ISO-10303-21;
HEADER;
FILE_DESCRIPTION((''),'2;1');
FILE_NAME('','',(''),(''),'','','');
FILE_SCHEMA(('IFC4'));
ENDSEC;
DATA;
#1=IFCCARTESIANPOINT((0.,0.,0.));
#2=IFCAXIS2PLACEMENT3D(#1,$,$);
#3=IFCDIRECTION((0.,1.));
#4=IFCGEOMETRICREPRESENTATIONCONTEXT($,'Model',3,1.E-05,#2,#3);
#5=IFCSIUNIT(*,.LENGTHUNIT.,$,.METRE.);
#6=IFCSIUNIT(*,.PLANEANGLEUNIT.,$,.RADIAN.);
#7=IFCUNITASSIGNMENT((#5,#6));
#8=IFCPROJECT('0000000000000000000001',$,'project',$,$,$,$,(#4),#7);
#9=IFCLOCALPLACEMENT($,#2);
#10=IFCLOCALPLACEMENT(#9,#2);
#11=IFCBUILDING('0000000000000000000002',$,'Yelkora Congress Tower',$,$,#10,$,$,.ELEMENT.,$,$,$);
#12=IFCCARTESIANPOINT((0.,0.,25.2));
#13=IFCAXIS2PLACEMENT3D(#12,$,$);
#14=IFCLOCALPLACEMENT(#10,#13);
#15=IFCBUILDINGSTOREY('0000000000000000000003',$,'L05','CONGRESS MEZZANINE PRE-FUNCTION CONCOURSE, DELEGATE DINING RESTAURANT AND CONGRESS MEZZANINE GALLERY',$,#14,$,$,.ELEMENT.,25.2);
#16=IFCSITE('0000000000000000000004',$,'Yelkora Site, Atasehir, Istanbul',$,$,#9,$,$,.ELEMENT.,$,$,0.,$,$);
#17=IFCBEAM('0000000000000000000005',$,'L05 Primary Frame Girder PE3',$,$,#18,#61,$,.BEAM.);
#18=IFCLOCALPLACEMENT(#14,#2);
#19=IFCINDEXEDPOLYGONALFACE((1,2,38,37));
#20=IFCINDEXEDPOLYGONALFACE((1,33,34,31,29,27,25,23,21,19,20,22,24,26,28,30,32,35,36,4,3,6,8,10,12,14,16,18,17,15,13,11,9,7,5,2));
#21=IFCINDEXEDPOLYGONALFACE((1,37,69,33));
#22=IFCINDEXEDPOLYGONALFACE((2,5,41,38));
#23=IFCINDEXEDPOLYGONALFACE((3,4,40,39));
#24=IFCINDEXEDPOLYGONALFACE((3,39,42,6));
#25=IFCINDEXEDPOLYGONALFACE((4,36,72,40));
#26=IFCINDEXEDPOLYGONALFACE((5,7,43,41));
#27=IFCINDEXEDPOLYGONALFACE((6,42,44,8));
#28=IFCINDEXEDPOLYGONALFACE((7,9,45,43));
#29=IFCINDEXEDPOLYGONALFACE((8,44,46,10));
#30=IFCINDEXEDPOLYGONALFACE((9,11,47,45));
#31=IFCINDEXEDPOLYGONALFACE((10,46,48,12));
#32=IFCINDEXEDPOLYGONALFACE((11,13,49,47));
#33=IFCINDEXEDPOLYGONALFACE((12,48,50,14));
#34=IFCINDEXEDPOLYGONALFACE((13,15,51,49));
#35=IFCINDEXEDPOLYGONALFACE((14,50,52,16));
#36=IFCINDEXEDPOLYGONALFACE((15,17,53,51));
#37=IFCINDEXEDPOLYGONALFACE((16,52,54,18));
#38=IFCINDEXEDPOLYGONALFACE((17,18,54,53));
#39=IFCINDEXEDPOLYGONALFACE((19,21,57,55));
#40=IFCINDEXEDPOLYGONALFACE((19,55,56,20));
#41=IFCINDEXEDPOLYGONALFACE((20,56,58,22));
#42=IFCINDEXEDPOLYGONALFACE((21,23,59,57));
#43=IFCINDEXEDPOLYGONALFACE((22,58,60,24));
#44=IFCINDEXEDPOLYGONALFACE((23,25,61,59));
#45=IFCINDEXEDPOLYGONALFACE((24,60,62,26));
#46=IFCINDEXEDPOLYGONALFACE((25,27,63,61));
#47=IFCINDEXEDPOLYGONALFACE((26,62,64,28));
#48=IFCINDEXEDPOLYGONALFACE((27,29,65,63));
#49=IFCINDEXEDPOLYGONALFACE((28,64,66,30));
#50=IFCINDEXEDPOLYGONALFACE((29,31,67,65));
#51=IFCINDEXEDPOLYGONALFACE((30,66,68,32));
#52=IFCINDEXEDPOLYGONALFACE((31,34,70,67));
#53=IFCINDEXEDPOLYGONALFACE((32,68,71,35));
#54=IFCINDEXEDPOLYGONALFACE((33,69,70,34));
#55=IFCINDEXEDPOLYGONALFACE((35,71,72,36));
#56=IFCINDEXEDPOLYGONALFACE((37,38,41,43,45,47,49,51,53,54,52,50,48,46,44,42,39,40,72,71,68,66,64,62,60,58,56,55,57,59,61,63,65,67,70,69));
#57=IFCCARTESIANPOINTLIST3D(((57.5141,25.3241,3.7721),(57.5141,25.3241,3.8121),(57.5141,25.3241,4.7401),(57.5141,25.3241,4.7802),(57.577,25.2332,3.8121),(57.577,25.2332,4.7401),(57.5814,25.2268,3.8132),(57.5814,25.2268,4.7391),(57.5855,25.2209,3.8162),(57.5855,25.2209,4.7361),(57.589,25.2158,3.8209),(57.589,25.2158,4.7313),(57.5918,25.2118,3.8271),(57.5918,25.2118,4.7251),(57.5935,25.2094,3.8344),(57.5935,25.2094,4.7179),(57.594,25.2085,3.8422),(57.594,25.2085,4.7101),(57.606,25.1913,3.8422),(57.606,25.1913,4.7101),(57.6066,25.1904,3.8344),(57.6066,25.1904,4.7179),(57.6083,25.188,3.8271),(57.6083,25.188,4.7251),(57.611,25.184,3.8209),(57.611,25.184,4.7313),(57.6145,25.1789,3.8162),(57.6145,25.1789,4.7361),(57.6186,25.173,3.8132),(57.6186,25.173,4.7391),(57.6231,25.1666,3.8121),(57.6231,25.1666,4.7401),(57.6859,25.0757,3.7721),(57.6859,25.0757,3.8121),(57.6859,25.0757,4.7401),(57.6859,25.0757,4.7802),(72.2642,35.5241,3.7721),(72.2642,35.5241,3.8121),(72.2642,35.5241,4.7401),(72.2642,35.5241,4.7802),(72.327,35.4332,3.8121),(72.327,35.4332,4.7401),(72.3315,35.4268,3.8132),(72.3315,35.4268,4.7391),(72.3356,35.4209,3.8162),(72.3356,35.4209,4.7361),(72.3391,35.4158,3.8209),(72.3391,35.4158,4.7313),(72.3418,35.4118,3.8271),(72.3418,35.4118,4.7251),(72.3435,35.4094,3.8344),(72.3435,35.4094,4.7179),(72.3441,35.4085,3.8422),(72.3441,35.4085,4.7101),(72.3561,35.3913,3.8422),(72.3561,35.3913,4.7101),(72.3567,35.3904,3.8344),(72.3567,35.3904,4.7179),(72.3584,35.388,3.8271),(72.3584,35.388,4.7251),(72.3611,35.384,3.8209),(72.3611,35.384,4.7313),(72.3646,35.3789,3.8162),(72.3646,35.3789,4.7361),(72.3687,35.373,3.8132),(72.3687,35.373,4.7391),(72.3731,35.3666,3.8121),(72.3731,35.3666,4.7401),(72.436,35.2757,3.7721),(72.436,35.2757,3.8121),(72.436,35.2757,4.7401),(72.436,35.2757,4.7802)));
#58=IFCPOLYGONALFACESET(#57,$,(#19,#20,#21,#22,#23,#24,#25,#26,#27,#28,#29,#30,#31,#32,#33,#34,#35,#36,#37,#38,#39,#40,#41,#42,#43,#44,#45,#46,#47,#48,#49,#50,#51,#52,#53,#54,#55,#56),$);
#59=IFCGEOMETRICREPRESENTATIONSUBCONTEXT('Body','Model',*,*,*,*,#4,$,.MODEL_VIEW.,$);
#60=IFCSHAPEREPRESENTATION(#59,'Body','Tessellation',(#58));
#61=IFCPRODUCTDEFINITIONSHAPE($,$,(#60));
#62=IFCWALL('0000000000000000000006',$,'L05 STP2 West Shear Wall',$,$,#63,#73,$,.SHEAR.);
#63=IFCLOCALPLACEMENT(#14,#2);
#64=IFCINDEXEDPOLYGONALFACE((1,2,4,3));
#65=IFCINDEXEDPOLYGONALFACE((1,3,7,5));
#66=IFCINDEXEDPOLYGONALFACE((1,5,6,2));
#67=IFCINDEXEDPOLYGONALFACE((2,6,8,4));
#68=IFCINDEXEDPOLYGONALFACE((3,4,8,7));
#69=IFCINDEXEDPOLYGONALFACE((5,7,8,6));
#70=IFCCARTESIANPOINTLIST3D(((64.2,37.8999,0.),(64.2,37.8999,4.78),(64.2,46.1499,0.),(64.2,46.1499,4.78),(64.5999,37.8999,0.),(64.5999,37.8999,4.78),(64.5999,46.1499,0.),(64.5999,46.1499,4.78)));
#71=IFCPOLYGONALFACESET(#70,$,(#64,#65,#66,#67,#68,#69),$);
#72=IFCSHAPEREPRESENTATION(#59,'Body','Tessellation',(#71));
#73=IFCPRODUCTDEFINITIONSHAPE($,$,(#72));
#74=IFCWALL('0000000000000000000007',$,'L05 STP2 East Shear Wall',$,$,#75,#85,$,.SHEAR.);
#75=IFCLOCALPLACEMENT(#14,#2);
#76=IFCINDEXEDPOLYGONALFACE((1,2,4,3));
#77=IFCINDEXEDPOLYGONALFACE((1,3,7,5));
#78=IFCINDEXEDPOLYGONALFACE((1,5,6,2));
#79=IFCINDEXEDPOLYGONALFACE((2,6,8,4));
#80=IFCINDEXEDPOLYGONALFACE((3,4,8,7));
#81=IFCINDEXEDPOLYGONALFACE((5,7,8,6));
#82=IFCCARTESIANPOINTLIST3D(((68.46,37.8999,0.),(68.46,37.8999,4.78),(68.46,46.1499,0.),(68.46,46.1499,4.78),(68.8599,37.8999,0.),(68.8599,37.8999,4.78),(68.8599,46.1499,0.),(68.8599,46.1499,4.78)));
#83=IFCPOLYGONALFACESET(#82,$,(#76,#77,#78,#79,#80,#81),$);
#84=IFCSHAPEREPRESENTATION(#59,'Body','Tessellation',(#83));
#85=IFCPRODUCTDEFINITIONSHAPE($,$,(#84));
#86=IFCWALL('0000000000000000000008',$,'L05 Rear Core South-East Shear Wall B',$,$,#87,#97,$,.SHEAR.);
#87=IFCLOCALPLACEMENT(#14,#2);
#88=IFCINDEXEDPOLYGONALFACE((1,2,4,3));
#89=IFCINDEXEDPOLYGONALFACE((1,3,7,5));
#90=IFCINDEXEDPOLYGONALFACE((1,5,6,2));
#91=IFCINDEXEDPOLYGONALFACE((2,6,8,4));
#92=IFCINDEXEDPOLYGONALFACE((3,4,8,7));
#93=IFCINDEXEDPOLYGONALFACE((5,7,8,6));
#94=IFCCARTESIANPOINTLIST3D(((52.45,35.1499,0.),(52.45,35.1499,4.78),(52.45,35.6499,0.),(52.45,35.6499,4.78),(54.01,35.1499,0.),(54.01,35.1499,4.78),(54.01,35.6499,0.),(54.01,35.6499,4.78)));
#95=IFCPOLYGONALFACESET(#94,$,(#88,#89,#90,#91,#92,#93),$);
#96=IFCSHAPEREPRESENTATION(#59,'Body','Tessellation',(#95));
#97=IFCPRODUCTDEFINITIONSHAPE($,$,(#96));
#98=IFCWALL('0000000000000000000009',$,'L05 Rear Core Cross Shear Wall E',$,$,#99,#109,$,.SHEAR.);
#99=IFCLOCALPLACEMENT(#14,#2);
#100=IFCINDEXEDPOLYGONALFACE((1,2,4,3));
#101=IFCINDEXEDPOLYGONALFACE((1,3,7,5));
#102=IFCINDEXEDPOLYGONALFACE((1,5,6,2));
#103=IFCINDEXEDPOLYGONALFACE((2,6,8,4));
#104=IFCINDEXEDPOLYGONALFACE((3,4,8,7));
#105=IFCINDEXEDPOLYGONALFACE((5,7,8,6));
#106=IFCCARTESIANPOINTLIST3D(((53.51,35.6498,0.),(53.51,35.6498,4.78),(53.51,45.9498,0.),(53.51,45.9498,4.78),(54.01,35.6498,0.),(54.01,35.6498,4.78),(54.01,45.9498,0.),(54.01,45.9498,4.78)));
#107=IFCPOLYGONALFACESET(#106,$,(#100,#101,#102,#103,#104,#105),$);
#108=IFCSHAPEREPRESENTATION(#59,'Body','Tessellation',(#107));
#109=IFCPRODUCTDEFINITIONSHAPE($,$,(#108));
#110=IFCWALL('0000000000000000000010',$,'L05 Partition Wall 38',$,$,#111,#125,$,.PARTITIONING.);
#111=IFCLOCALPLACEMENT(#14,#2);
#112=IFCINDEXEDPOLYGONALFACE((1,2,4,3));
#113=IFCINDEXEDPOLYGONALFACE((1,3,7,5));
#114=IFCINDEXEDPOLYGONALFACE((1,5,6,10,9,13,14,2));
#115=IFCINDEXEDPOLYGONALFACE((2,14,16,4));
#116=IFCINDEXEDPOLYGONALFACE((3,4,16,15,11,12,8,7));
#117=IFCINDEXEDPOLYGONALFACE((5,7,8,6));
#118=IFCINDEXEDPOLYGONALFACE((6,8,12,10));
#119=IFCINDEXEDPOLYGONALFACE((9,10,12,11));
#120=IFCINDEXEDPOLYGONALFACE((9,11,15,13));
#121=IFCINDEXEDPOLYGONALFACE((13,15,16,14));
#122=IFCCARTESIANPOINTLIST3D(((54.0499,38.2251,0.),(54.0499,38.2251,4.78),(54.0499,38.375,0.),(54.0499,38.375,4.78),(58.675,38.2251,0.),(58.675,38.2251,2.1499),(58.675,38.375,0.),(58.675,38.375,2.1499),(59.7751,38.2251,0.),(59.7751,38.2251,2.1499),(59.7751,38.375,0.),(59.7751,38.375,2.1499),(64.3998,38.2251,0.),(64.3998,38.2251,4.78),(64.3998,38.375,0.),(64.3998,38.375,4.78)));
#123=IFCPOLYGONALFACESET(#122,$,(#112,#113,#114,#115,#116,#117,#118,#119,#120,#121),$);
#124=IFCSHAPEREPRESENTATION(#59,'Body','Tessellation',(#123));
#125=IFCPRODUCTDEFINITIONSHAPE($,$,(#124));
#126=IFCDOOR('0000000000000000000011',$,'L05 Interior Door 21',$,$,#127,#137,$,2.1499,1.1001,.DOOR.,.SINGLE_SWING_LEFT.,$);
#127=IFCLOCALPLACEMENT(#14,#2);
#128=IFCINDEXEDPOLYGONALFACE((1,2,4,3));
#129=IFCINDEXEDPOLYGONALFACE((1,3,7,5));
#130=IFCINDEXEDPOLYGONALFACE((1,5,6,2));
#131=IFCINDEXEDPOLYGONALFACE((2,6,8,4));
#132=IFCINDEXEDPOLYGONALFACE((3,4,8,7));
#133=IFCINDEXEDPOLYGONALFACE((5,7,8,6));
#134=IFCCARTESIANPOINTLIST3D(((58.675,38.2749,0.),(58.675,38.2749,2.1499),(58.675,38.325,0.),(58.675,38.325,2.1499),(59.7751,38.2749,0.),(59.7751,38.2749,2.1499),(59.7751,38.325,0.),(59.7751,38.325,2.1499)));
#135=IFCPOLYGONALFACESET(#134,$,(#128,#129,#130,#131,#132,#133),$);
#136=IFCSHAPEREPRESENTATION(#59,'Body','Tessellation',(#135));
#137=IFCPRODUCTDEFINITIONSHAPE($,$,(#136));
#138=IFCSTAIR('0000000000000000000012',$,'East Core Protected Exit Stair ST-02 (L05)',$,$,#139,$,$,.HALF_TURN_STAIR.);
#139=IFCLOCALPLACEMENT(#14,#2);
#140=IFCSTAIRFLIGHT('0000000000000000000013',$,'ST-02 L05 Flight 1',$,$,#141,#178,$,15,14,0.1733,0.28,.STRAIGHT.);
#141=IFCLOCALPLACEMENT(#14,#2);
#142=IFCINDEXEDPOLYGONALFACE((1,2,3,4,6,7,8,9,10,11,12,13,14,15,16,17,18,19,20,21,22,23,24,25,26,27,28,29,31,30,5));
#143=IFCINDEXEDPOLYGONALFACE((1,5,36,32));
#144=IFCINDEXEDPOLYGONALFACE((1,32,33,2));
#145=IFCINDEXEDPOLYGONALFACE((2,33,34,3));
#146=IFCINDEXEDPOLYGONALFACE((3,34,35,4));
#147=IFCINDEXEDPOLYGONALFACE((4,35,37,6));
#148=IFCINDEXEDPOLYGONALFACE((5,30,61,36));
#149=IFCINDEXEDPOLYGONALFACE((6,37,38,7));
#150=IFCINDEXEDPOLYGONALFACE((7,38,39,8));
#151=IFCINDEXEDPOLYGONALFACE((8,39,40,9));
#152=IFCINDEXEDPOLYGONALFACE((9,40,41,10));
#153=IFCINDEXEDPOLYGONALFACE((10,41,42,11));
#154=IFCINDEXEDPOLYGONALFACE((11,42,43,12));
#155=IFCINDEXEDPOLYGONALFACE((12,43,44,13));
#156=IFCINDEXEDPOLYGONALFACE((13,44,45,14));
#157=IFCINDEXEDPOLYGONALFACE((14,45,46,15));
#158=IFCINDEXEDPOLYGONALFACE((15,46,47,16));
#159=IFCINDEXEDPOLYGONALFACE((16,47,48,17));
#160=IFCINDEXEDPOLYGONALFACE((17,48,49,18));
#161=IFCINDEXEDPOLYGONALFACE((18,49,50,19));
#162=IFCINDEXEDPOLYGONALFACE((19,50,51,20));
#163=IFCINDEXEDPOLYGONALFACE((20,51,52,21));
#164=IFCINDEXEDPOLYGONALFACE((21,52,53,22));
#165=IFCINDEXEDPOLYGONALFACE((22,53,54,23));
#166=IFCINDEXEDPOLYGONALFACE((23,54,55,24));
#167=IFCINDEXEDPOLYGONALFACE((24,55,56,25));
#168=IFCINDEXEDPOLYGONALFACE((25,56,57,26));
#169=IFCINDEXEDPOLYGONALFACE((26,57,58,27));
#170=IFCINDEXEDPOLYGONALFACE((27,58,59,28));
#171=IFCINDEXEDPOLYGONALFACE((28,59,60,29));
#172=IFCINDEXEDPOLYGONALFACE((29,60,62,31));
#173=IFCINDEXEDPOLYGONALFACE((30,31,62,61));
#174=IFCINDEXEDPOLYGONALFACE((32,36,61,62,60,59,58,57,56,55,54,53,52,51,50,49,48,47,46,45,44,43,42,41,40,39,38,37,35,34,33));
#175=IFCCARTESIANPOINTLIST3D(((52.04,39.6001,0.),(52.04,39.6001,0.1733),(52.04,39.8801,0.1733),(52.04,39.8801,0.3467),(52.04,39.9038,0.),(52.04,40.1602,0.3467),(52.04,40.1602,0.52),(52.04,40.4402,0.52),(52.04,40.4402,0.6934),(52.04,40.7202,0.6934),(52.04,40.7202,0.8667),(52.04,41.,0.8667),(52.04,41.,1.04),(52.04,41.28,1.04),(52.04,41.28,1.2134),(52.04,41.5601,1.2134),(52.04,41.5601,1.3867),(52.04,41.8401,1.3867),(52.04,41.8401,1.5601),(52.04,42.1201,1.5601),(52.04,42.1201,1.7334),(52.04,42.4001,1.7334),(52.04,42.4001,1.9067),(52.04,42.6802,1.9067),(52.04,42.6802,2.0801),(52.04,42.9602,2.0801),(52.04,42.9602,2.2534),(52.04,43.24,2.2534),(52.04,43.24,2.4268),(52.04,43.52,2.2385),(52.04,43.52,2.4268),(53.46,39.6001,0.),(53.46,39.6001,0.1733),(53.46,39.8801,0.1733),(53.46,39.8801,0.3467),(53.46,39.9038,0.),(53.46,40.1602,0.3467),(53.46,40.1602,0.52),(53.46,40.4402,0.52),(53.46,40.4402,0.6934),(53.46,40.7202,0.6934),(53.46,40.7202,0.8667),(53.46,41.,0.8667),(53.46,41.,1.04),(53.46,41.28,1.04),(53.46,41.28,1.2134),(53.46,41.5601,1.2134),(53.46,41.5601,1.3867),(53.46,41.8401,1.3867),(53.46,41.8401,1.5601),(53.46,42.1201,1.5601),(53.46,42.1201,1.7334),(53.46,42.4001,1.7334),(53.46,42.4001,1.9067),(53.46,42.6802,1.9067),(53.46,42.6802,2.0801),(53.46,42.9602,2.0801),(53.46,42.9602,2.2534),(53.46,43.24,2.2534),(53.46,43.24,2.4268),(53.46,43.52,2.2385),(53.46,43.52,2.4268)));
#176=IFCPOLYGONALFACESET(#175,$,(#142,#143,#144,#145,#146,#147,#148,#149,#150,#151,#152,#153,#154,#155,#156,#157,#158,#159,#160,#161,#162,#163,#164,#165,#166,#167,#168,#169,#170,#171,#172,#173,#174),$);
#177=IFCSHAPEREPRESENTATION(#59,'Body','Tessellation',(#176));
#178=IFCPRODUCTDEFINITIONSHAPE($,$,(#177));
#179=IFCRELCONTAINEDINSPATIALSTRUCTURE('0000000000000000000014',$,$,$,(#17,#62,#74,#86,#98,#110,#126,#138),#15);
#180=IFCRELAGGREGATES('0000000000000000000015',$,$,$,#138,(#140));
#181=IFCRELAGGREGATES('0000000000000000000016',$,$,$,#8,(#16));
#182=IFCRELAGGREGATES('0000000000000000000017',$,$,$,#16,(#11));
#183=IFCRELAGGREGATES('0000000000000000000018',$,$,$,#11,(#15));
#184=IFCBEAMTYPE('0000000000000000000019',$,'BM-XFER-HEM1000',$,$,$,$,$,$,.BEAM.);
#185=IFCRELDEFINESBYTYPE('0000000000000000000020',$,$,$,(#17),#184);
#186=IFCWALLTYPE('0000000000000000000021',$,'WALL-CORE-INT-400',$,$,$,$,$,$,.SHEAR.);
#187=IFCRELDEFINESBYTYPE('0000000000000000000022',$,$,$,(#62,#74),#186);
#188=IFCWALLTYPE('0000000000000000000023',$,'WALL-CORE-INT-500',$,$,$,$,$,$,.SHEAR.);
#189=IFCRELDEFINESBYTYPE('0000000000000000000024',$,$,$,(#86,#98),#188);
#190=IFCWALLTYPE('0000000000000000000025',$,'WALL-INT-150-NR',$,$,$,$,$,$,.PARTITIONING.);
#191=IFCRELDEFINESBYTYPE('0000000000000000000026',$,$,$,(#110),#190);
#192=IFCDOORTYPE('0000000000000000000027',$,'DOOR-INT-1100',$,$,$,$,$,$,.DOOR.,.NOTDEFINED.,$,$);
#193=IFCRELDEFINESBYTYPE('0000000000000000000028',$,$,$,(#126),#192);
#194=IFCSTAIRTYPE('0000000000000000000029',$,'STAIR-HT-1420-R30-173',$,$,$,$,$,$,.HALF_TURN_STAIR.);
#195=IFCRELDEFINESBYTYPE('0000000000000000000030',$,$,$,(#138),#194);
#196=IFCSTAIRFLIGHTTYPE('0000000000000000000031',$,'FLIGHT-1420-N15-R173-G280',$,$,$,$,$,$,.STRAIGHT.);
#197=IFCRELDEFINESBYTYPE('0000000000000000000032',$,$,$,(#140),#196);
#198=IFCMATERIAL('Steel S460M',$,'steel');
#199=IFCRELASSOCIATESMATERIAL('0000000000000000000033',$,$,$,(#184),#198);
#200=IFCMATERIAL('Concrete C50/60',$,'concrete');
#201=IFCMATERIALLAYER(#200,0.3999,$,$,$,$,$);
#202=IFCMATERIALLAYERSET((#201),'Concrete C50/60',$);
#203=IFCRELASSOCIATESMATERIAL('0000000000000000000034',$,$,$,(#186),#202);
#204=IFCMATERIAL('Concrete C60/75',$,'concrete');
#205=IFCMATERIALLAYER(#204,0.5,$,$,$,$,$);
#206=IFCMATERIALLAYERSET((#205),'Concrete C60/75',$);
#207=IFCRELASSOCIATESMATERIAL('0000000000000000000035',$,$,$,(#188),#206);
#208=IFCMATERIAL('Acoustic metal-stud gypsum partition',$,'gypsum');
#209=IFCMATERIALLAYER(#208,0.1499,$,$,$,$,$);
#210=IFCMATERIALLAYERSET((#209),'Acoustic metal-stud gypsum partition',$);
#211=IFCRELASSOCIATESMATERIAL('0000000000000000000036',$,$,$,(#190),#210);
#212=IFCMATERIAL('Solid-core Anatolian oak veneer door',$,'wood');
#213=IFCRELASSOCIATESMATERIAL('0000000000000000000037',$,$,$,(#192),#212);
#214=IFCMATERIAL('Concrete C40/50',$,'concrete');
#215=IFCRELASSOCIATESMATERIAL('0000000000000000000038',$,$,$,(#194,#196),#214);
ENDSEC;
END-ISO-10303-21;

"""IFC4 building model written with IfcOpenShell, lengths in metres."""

from ifc_helpers import new_model, si_unit, direction, frame, frame_2d, origin, origin_2d, place, context, subcontext, project, spatial, polyline, rectangle, i_section, outline, extrude, material, layer, layer_set, material_profile, profile_set, type_object, element, fill, aggregate, save


model = new_model("IFC4")

# Units and contexts
model_context = context("Model", 3, precision=1e-05, world=origin(), true_north=direction((0.0, 1.0)))
body_context = subcontext(model_context, "Body", "Model", "MODEL_VIEW")
ifc_project = project(units=[si_unit("LENGTHUNIT", "METRE"), si_unit("PLANEANGLEUNIT", "RADIAN")], contexts=[model_context])

# Site, building, storey
site_placement = place(None, origin())
site = spatial("IfcSite", under=ifc_project, at=site_placement, Name="Yelkora Site, Atasehir, Istanbul", CompositionType="ELEMENT", RefElevation=0.0)
building_placement = place(site_placement, origin())
building = spatial("IfcBuilding", under=site, at=building_placement, Name="Yelkora Congress Tower", CompositionType="ELEMENT")
storey_placement = place(building_placement, frame((0.0, 0.0, 25.2)))
storey = spatial("IfcBuildingStorey", under=building, at=storey_placement, Name="L05", Description="CONGRESS MEZZANINE PRE-FUNCTION CONCOURSE, DELEGATE DINING RESTAURANT AND CONGRESS MEZZANINE GALLERY", CompositionType="ELEMENT", Elevation=25.2)

# Shared definitions
ifc_material_1 = material(Name="Concrete C60/75", Category="concrete")
ifc_material_2 = material(Name="Concrete C50/60", Category="concrete")

# Beam
ifc_material_3 = material(Name="Steel S460M", Category="steel")
ifc_material_profile_1 = material_profile(ifc_material_3, i_section(OverallWidth=0.302, OverallDepth=1.0081, WebThickness=0.021, FlangeThickness=0.04, FilletRadius=0.03, at=origin_2d()), Name="HEM 1000")
ifc_profile_set_1 = profile_set([ifc_material_profile_1], Name="Steel S460M")
beam_type_1 = type_object("IfcBeamType", Name="BM-XFER-HEM1000", PredefinedType="BEAM", material=ifc_profile_set_1)
beam_1_placement = place(storey_placement, frame((72.3501, 35.3999, 4.2761), z_axis=(-0.822494, -0.568773, 0.0), x_axis=(0.568773, -0.822494, 0.0)))
element("IfcBeam", 1, at=beam_1_placement, inside=storey, type_object=beam_type_1, Name="L05 Primary Frame Girder PE3", PredefinedType="BEAM", context=body_context, shape_type="SweptSolid", body=[
    extrude(i_section(OverallWidth=0.302, OverallDepth=1.0081, WebThickness=0.021, FlangeThickness=0.04, FilletRadius=0.03, at=origin_2d()), origin(), (0.0, 0.0, 1.0), 17.9333),
])

# Walls
ifc_layer_1 = layer(ifc_material_2, 0.3999)
ifc_layer_set_1 = layer_set([ifc_layer_1], Name="Concrete C50/60")
wall_type_1 = type_object("IfcWallType", Name="WALL-CORE-INT-400", PredefinedType="SHEAR", material=ifc_layer_set_1)
for number, where, z_axis, x_axis, name in (
    (2, (64.3999, 37.8999, 0.0), (0.0, 0.0, 1.0), (0.0, 1.0, 0.0), "L05 STP2 West Shear Wall"),
    (3, (68.6599, 37.8999, 0.0), (0.0, 0.0, 1.0), (0.0, 1.0, 0.0), "L05 STP2 East Shear Wall"),
):
    element("IfcWall", number, at=place(storey_placement, frame(where, z_axis=z_axis, x_axis=x_axis)), inside=storey, type_object=wall_type_1, Name=name, PredefinedType="SHEAR", context=body_context, shape_type="SweptSolid", body=[
        extrude(rectangle(XDim=8.25, YDim=0.3999, at=frame_2d((4.125, 0.0))), origin(), (0.0, 0.0, 1.0), 4.78),
    ])
ifc_layer_2 = layer(ifc_material_1, 0.5)
ifc_layer_set_2 = layer_set([ifc_layer_2], Name="Concrete C60/75")
wall_type_2 = type_object("IfcWallType", Name="WALL-CORE-INT-500", PredefinedType="SHEAR", material=ifc_layer_set_2)
wall_1_placement = place(storey_placement, frame((52.45, 35.3999, 0.0), z_axis=(0.0, 0.0, 1.0), x_axis=(1.0, 0.0, 0.0)))
element("IfcWall", 4, at=wall_1_placement, inside=storey, type_object=wall_type_2, Name="L05 Rear Core South-East Shear Wall B", PredefinedType="SHEAR", context=body_context, shape_type="SweptSolid", body=[
    extrude(rectangle(XDim=1.5601, YDim=0.5, at=frame_2d((0.78, 0.0))), origin(), (0.0, 0.0, 1.0), 4.78),
])
wall_2_placement = place(storey_placement, frame((53.76, 35.6499, 0.0), z_axis=(0.0, 0.0, 1.0), x_axis=(0.0, 1.0, 0.0)))
element("IfcWall", 5, at=wall_2_placement, inside=storey, type_object=wall_type_2, Name="L05 Rear Core Cross Shear Wall E", PredefinedType="SHEAR", context=body_context, shape_type="SweptSolid", body=[
    extrude(rectangle(XDim=10.3, YDim=0.5, at=frame_2d((5.1499, 0.0))), origin(), (0.0, 0.0, 1.0), 4.78),
])

# Wall, opening, door
ifc_material_4 = material(Name="Acoustic metal-stud gypsum partition", Category="gypsum")
ifc_layer_3 = layer(ifc_material_4, 0.1499)
ifc_layer_set_3 = layer_set([ifc_layer_3], Name="Acoustic metal-stud gypsum partition")
wall_type_3 = type_object("IfcWallType", Name="WALL-INT-150-NR", PredefinedType="PARTITIONING", material=ifc_layer_set_3)
wall_3_placement = place(storey_placement, frame((54.05, 38.3, 0.0), z_axis=(0.0, 0.0, 1.0), x_axis=(1.0, 0.0, 0.0)))
wall_3 = element("IfcWall", 6, at=wall_3_placement, inside=storey, type_object=wall_type_3, Name="L05 Partition Wall 38", PredefinedType="PARTITIONING", context=body_context, shape_type="SweptSolid", body=[
    extrude(rectangle(XDim=10.3499, YDim=0.1499, at=frame_2d((5.1748, 0.0))), origin(), (0.0, 0.0, 1.0), 4.78),
])
opening_1_placement = place(wall_3_placement, frame((4.625, 0.0, 0.0)))
opening_1 = element("IfcOpeningElement", 7, at=opening_1_placement, cuts=wall_3, PredefinedType="OPENING", context=body_context, shape_type="SweptSolid", body=[
    extrude(rectangle(XDim=1.1001, YDim=2.1499, at=frame_2d((0.55, 1.075))), frame((0.0, 0.085, 0.0), z_axis=(0.0, -1.0, 0.0), x_axis=(1.0, 0.0, 0.0)), (0.0, 0.0, 1.0), 0.1699),
])
ifc_material_5 = material(Name="Solid-core Anatolian oak veneer door", Category="wood")
door_type_1 = type_object("IfcDoorType", Name="DOOR-INT-1100", OperationType="NOTDEFINED", PredefinedType="DOOR", material=ifc_material_5)
door_1_placement = place(opening_1_placement, origin())
door_1 = element("IfcDoor", 8, at=door_1_placement, inside=storey, type_object=door_type_1, Name="L05 Interior Door 21", OperationType="SINGLE_SWING_LEFT", OverallHeight=2.1499, OverallWidth=1.1001, PredefinedType="DOOR", context=body_context, shape_type="SweptSolid", body=[
    extrude(rectangle(XDim=1.1001, YDim=2.1499, at=frame_2d((0.55, 1.075))), frame((0.0, 0.0249, 0.0), z_axis=(0.0, -1.0, 0.0), x_axis=(1.0, 0.0, 0.0)), (0.0, 0.0, 1.0), 0.05),
])
fill(opening_1, door_1)

# Stair, stair flight
ifc_material_6 = material(Name="Concrete C40/50", Category="concrete")
stair_type = type_object("IfcStairType", Name="STAIR-HT-1420-R30-173", PredefinedType="HALF_TURN_STAIR", material=ifc_material_6)
stair_placement = place(storey_placement, origin())
stair = element("IfcStair", 9, at=stair_placement, inside=storey, type_object=stair_type, Name="East Core Protected Exit Stair ST-02 (L05)", PredefinedType="HALF_TURN_STAIR")
stair_flight_type = type_object("IfcStairFlightType", Name="FLIGHT-1420-N15-R173-G280", PredefinedType="STRAIGHT", material=ifc_material_6)
stair_flight_placement = place(storey_placement, frame((52.75, 39.6001, 0.0), z_axis=(0.0, 0.0, 1.0), x_axis=(0.0, 1.0, 0.0)))
stair_flight = element("IfcStairFlight", 10, at=stair_flight_placement, type_object=stair_flight_type, Name="ST-02 L05 Flight 1", NumberOfRisers=15, NumberOfTreads=14, PredefinedType="STRAIGHT", RiserHeight=0.1733, TreadLength=0.28, context=body_context, shape_type="SweptSolid", body=[
    extrude(outline(polyline([(0.0, 0.0), (0.0, 0.1733), (0.28, 0.1733), (0.28, 0.3467), (0.5601, 0.3467), (0.5601, 0.52), (0.8401, 0.52), (0.8401, 0.6934), (1.1201, 0.6934), (1.1201, 0.8667), (1.3999, 0.8667), (1.3999, 1.04), (1.6799, 1.04), (1.6799, 1.2134), (1.96, 1.2134), (1.96, 1.3867), (2.24, 1.3867), (2.24, 1.5601), (2.52, 1.5601), (2.52, 1.7334), (2.8, 1.7334), (2.8, 1.9067), (3.0801, 1.9067), (3.0801, 2.0801), (3.3601, 2.0801), (3.3601, 2.2534), (3.6399, 2.2534), (3.6399, 2.4268), (3.9199, 2.4268), (3.9199, 2.6001), (3.9199, 2.2385), (0.3037, 0.0), (0.0, 0.0)])), frame((0.0, 0.71, 0.0), z_axis=(0.0, -1.0, 0.0), x_axis=(1.0, 0.0, 0.0)), (0.0, 0.0, 1.0), 1.4199),
])
aggregate(stair, [stair_flight])

save(model, "model.ifc")
